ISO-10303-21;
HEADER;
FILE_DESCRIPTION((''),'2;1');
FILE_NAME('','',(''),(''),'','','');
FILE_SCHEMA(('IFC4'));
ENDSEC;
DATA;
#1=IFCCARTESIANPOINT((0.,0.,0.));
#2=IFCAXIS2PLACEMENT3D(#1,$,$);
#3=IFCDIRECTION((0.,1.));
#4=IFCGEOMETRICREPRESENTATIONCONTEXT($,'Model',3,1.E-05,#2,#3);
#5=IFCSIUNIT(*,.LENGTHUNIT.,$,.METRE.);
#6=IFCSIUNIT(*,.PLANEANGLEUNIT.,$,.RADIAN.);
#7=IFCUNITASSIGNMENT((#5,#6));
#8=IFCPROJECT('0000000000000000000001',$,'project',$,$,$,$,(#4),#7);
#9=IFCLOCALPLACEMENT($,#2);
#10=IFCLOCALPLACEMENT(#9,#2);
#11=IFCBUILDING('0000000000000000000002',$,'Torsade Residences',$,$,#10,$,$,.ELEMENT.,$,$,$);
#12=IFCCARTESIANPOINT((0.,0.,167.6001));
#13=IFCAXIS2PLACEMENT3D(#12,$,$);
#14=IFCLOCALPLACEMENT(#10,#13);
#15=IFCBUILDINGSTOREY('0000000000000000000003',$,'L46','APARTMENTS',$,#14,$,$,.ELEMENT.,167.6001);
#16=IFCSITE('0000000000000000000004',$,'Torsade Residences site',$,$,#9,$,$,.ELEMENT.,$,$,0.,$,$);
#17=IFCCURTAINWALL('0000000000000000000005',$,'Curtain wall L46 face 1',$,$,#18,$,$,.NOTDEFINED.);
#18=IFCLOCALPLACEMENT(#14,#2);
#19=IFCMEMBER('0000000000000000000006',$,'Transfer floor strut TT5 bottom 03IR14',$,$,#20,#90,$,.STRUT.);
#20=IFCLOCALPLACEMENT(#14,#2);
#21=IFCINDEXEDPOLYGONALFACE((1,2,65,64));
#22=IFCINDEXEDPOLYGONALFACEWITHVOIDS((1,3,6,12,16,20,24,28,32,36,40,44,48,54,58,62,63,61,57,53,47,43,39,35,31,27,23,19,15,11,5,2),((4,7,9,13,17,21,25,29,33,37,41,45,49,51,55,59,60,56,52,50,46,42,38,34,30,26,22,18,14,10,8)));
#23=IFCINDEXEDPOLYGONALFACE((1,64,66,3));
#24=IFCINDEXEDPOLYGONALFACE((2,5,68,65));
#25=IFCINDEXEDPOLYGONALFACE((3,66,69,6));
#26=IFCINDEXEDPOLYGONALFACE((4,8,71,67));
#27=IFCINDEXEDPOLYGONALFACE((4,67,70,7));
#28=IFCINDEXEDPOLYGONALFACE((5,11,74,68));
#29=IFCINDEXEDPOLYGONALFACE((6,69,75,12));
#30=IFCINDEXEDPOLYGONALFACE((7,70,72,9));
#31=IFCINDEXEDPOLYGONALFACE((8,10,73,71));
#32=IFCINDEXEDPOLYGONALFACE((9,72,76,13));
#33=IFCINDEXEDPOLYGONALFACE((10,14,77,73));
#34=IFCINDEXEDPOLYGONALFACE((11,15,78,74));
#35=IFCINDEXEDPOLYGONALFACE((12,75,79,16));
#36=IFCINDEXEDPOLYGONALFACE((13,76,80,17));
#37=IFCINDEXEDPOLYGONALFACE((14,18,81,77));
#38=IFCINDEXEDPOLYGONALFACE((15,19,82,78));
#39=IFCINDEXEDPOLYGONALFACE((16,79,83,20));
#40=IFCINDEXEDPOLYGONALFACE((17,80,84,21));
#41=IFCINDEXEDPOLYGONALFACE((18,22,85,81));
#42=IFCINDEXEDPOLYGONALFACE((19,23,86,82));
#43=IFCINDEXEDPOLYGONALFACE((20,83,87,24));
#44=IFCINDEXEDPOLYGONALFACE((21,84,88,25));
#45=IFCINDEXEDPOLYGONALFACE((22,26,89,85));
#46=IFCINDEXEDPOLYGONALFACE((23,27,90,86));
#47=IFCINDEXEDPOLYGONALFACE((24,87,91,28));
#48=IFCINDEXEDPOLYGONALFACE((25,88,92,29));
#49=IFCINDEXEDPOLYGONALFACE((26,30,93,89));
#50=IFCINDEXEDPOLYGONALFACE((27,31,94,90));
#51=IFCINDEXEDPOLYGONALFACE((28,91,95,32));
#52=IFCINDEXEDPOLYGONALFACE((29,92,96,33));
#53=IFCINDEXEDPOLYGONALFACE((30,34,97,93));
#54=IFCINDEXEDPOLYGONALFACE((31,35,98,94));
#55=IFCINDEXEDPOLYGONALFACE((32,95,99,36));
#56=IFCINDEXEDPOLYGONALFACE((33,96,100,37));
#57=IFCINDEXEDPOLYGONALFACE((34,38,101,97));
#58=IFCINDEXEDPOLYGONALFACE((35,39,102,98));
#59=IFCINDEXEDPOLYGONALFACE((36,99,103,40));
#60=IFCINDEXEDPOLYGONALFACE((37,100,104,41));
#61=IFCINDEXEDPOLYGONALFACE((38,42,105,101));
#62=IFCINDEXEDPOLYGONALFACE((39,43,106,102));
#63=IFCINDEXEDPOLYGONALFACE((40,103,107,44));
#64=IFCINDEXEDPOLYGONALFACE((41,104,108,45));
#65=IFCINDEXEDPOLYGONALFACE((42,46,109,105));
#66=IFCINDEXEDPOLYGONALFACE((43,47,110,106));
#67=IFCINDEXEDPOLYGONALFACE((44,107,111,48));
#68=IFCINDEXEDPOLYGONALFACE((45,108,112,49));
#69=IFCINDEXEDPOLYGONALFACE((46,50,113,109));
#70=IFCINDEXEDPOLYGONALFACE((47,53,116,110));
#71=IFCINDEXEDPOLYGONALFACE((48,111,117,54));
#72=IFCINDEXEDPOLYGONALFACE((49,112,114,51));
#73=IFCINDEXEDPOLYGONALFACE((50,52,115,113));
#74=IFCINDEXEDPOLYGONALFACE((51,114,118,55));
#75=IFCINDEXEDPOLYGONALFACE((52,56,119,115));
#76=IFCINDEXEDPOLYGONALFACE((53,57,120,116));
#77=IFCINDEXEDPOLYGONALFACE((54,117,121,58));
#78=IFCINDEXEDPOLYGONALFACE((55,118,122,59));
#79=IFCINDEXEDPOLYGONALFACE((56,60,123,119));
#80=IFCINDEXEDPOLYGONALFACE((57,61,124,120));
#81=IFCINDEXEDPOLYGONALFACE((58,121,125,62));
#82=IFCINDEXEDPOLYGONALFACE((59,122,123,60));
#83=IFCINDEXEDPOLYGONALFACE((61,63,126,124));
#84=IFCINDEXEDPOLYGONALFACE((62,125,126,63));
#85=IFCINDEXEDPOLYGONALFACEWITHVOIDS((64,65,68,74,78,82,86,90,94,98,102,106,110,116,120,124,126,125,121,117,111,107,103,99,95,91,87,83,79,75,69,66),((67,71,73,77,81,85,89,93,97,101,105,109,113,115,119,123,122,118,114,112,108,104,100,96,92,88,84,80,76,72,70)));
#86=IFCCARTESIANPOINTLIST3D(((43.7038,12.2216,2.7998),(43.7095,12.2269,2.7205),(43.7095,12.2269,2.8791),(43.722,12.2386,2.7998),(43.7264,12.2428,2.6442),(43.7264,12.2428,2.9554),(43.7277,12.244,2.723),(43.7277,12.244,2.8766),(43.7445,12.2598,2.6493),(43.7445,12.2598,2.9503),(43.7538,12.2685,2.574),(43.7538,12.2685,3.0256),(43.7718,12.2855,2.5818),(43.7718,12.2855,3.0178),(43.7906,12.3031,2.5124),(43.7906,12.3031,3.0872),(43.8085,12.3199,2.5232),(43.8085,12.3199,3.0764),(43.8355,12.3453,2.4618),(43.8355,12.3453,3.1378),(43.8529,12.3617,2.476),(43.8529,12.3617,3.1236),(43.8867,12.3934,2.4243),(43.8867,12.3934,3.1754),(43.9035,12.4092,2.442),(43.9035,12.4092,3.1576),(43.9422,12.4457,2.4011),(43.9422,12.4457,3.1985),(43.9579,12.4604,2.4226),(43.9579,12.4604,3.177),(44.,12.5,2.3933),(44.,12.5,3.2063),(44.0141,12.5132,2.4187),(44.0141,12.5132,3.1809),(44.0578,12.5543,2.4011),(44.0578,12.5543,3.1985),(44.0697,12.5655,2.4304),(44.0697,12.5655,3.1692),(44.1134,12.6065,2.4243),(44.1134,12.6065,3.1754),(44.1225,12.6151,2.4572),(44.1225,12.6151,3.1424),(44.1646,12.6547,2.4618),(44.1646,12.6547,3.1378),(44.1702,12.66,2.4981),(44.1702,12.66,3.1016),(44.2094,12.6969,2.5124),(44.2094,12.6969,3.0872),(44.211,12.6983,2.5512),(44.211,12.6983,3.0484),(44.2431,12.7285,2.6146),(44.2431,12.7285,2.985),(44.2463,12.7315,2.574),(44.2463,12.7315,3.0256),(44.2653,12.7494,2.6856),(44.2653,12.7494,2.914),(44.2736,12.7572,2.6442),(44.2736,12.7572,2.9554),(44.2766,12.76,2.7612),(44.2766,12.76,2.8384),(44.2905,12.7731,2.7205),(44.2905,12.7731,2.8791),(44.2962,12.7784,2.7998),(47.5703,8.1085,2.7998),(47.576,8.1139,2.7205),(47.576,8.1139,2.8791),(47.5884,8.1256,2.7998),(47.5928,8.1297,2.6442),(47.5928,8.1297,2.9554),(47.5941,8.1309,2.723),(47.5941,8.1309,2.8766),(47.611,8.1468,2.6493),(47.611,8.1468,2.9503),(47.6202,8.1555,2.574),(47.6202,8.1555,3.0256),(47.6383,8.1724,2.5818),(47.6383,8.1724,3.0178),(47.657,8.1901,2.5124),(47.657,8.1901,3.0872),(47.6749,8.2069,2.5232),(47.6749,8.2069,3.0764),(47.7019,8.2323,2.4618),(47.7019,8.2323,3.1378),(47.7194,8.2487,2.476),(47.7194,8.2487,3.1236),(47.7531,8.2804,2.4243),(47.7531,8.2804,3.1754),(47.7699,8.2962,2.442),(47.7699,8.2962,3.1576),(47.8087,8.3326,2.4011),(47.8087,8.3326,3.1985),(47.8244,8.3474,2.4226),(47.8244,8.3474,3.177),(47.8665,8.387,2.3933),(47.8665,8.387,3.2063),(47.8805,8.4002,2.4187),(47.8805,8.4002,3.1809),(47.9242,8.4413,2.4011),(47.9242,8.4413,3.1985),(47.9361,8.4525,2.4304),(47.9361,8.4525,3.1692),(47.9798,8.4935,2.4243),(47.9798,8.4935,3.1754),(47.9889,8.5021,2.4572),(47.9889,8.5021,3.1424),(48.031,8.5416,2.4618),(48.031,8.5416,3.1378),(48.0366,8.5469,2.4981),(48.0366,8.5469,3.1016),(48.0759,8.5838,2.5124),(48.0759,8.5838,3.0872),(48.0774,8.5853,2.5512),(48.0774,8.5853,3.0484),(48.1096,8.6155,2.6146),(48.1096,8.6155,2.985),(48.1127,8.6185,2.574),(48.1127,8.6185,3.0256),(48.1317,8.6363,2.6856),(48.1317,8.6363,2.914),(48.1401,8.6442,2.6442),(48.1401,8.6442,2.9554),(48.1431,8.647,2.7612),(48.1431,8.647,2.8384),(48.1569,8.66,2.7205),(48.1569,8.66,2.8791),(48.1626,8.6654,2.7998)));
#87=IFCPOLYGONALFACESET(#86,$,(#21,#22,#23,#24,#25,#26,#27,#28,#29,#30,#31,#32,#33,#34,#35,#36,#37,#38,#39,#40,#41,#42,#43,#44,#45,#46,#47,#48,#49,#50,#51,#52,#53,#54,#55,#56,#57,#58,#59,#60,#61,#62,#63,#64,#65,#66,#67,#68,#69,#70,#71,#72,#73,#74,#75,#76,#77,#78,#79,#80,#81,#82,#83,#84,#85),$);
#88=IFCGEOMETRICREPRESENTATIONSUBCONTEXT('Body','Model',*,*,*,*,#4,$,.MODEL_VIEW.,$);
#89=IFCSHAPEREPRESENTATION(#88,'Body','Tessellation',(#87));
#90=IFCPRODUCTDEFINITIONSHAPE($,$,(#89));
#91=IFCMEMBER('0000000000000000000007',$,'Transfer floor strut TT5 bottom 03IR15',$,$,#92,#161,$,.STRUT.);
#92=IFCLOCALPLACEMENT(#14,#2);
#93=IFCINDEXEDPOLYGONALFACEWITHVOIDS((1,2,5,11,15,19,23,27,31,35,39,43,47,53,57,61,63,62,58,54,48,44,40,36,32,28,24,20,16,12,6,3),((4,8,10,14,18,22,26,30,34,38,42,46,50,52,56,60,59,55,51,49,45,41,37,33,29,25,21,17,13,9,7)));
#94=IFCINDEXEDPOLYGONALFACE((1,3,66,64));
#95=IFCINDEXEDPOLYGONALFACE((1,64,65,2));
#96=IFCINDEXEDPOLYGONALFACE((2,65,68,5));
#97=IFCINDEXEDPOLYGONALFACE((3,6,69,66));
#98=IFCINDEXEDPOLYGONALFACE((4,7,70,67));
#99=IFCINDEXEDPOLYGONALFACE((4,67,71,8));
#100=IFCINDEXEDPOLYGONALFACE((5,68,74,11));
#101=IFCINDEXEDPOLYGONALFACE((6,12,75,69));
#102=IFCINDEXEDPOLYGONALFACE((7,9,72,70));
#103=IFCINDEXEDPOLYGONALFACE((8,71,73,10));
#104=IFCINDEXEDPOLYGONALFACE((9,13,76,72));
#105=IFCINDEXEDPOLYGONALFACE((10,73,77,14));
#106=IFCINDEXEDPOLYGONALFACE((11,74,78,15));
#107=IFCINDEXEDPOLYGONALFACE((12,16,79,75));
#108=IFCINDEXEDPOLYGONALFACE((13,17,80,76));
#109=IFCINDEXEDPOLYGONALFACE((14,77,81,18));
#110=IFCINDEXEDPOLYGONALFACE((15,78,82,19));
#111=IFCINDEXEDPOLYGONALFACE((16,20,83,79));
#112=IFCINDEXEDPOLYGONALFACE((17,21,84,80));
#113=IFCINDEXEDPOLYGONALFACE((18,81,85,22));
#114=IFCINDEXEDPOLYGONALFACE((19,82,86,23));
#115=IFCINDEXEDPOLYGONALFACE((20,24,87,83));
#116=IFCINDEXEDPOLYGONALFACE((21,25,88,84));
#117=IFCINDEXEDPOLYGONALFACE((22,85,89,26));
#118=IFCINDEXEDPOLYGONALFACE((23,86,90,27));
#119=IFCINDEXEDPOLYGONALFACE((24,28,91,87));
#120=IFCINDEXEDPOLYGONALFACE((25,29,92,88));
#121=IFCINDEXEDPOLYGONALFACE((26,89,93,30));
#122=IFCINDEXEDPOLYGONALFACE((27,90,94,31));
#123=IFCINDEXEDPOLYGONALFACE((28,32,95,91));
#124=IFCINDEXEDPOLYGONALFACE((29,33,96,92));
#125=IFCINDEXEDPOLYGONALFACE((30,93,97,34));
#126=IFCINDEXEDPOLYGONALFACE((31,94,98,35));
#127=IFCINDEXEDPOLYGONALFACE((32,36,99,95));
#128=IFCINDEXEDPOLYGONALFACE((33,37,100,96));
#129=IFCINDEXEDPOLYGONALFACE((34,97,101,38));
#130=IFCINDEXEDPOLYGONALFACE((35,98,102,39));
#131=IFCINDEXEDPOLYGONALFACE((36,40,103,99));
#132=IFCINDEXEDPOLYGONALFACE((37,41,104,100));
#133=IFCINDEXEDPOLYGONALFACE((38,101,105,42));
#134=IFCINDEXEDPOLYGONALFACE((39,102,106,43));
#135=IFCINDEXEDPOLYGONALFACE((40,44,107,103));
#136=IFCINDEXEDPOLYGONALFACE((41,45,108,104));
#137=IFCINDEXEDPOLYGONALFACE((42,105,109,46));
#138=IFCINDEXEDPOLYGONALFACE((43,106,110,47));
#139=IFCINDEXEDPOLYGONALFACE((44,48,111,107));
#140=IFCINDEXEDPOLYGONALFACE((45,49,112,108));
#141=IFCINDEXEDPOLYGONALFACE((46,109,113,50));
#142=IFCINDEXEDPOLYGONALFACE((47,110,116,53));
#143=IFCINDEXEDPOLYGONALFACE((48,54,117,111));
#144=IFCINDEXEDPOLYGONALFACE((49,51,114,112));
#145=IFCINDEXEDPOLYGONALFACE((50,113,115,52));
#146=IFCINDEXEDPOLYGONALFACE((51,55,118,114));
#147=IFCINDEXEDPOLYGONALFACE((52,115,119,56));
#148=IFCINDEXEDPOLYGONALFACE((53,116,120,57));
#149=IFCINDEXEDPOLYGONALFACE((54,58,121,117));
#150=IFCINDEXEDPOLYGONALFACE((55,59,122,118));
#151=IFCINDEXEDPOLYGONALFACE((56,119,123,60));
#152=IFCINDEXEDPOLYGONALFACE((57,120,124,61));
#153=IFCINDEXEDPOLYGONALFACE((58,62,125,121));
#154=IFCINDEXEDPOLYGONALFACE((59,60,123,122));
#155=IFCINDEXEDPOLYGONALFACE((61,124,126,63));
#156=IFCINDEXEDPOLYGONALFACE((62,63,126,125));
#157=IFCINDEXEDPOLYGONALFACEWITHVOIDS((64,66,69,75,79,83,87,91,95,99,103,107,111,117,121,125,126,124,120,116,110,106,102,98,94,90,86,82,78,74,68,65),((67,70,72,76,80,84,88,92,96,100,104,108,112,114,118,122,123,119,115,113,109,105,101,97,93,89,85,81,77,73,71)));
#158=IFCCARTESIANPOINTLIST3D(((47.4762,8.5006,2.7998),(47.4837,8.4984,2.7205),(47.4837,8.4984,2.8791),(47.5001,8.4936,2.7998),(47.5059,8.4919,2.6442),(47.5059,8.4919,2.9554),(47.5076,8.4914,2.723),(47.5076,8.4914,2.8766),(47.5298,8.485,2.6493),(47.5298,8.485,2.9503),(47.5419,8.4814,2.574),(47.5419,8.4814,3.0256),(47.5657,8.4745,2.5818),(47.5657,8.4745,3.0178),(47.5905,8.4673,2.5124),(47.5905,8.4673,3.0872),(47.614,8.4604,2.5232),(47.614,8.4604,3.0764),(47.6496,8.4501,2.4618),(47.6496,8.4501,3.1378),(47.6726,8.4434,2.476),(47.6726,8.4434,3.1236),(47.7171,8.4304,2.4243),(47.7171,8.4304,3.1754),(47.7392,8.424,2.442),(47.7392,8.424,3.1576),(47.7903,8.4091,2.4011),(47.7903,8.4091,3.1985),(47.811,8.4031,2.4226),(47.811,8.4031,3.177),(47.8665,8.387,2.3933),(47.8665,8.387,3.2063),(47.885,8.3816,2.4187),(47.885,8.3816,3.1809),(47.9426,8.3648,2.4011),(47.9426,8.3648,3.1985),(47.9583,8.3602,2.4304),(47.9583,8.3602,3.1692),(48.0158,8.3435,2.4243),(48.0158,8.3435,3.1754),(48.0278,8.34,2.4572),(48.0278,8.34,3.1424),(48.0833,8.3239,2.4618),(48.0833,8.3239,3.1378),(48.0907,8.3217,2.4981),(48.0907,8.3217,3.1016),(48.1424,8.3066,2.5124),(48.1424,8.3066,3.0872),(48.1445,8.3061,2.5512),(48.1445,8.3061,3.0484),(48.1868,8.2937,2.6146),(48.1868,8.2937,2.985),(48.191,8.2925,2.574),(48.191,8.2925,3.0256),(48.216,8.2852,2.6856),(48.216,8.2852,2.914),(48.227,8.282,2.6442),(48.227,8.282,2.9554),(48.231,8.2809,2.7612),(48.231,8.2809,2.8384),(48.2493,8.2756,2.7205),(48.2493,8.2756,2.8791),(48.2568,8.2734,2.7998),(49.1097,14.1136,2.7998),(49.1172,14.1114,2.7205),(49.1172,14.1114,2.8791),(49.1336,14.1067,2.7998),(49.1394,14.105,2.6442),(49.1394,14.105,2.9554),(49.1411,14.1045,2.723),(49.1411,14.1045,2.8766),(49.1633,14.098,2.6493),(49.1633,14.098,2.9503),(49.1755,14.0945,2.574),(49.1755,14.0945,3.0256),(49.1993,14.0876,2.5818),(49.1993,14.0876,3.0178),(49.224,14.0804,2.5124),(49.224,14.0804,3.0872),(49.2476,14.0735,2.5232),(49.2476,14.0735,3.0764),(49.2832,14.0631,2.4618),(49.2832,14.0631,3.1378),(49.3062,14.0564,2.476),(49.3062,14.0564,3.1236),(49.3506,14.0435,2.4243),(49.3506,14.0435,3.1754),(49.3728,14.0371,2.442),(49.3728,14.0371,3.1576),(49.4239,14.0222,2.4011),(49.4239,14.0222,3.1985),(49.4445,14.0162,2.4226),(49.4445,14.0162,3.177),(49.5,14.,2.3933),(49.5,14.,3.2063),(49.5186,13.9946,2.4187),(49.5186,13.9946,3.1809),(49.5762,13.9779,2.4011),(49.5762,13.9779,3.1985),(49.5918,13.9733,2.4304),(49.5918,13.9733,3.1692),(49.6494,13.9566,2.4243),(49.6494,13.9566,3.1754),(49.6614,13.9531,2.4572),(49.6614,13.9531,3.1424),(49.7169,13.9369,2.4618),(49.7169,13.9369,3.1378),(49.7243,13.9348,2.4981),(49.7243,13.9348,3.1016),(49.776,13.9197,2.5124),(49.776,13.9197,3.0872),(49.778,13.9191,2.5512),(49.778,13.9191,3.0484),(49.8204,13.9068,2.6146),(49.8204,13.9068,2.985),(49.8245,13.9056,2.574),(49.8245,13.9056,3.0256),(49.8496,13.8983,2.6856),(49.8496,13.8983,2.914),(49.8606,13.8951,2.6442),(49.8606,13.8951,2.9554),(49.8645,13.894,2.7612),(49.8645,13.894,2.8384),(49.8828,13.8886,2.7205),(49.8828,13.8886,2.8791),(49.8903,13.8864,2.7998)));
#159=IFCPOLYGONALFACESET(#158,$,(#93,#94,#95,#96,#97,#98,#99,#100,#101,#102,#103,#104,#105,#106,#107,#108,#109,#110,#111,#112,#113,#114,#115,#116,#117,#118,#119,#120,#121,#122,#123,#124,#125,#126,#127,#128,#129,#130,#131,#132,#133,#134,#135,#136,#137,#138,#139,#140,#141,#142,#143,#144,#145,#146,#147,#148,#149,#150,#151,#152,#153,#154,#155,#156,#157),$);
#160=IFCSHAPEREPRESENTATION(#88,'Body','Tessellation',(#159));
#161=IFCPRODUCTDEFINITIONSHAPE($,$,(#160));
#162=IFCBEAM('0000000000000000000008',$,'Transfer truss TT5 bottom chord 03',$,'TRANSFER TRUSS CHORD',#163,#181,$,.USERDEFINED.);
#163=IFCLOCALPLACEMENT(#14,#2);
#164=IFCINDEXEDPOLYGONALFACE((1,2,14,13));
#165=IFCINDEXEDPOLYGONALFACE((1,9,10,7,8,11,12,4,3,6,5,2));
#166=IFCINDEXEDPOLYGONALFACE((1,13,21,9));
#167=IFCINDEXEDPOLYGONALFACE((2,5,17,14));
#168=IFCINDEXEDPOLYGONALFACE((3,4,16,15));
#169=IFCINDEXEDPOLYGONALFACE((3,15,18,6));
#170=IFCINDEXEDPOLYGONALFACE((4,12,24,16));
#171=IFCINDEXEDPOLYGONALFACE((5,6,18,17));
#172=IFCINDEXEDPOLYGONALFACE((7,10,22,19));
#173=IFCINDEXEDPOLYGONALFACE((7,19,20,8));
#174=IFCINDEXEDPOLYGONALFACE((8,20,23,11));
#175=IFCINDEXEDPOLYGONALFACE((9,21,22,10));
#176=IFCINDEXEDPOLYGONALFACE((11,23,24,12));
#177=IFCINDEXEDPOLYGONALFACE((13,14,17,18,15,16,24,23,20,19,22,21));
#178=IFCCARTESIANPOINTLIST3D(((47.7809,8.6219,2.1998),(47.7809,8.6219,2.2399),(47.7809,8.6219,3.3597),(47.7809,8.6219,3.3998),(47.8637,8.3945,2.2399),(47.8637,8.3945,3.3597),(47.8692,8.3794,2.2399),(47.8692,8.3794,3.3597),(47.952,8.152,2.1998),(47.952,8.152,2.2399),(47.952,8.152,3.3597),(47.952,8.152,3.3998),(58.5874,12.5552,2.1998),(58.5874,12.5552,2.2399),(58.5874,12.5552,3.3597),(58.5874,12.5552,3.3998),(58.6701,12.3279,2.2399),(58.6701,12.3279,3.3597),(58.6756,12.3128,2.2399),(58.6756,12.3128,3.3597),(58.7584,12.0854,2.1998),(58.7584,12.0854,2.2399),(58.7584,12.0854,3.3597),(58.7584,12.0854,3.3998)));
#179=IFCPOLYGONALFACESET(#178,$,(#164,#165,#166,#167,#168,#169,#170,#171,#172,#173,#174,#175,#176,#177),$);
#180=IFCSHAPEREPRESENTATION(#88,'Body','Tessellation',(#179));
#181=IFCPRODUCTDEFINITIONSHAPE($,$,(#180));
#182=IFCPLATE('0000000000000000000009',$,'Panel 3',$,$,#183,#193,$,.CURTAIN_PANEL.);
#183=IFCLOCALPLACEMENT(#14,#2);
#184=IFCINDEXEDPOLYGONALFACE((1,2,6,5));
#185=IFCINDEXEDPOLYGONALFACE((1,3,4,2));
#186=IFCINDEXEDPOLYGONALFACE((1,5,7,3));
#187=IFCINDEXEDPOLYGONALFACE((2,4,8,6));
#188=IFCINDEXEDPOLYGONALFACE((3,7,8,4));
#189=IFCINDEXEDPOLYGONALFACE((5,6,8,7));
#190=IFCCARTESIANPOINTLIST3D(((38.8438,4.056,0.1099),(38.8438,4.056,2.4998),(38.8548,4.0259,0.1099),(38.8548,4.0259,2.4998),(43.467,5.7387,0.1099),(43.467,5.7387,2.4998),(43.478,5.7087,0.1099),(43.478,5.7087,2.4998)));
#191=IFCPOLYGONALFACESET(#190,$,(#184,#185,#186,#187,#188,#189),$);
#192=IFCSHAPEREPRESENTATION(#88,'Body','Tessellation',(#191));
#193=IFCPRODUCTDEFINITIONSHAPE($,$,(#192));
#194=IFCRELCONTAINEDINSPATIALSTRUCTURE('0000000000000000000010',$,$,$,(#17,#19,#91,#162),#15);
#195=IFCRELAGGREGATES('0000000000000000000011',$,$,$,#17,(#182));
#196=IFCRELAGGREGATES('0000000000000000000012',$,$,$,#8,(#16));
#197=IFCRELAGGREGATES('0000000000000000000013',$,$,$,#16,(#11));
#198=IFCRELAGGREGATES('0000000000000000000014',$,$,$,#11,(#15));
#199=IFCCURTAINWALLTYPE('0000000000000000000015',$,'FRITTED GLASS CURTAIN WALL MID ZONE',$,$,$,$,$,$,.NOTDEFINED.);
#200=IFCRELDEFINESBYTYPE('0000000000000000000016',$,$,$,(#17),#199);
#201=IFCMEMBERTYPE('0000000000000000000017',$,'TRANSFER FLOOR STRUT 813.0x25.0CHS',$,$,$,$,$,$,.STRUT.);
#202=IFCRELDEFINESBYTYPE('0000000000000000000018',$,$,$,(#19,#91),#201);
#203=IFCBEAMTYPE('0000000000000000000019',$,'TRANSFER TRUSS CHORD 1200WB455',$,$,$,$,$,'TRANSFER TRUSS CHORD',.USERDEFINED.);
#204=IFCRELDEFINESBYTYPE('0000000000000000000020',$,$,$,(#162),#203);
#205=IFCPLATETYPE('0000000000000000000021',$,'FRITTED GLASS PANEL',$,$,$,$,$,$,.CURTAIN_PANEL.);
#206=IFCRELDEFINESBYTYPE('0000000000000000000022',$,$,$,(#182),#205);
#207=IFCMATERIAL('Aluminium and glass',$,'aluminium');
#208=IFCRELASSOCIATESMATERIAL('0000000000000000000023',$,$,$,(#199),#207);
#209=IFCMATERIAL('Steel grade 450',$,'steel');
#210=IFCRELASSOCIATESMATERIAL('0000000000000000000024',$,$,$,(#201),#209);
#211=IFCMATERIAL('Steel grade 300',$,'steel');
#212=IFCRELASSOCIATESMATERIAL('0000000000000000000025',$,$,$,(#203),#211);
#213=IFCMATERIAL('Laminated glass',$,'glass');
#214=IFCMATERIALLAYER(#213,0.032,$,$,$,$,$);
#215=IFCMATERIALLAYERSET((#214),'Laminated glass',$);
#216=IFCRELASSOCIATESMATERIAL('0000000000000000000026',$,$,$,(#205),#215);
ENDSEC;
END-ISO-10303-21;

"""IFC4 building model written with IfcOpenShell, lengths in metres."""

from ifc_helpers import new_model, si_unit, direction, frame, origin, origin_2d, place, context, subcontext, project, spatial, rectangle, hollow_circle, i_section, extrude, material, layer, layer_set, material_profile, profile_set, type_object, element, aggregate, save


model = new_model("IFC4")

# Units and contexts
model_context = context("Model", 3, precision=1e-05, world=origin(), true_north=direction((0.0, 1.0)))
body_context = subcontext(model_context, "Body", "Model", "MODEL_VIEW")
ifc_project = project(units=[si_unit("LENGTHUNIT", "METRE"), si_unit("PLANEANGLEUNIT", "RADIAN")], contexts=[model_context])

# Site, building, storey
site_placement = place(None, origin())
site = spatial("IfcSite", under=ifc_project, at=site_placement, Name="Torsade Residences site", CompositionType="ELEMENT", RefElevation=0.0)
building_placement = place(site_placement, origin())
building = spatial("IfcBuilding", under=site, at=building_placement, Name="Torsade Residences", CompositionType="ELEMENT")
storey_placement = place(building_placement, frame((0.0, 0.0, 167.6001)))
storey = spatial("IfcBuildingStorey", under=building, at=storey_placement, Name="L46", Description="APARTMENTS", CompositionType="ELEMENT", Elevation=167.6001)

# Curtain wall
ifc_material_1 = material(Name="Aluminium and glass", Category="aluminium")
curtain_wall_type = type_object("IfcCurtainWallType", Name="FRITTED GLASS CURTAIN WALL MID ZONE", PredefinedType="NOTDEFINED", material=ifc_material_1)
curtain_wall_placement = place(storey_placement, origin())
curtain_wall = element("IfcCurtainWall", 1, at=curtain_wall_placement, inside=storey, type_object=curtain_wall_type, Name="Curtain wall L46 face 1", PredefinedType="NOTDEFINED")

# Members
ifc_material_2 = material(Name="Steel grade 450", Category="steel")
ifc_material_profile_1 = material_profile(ifc_material_2, hollow_circle(Radius=0.4065, WallThickness=0.0249, at=origin_2d()), Name="813.0x25.0CHS")
ifc_profile_set_1 = profile_set([ifc_material_profile_1], Name="Steel grade 450")
member_type_1 = type_object("IfcMemberType", Name="TRANSFER FLOOR STRUT 813.0x25.0CHS", PredefinedType="STRUT", material=ifc_profile_set_1)
member_1_placement = place(storey_placement, frame((47.8665, 8.387, 2.7998), z_axis=(-0.684929, 0.72861, 0.0), x_axis=(-0.72861, -0.684929, 0.0)))
element("IfcMember", 2, at=member_1_placement, inside=storey, type_object=member_type_1, Name="Transfer floor strut TT5 bottom 03IR14", PredefinedType="STRUT", context=body_context, shape_type="SweptSolid", body=[
    extrude(hollow_circle(Radius=0.4065, WallThickness=0.0249, at=origin_2d()), origin(), (0.0, 0.0, 1.0), 5.645),
])
member_2_placement = place(storey_placement, frame((47.8665, 8.387, 2.7998), z_axis=(0.279434, 0.960165, 0.0), x_axis=(-0.960165, 0.279434, 0.0)))
element("IfcMember", 3, at=member_2_placement, inside=storey, type_object=member_type_1, Name="Transfer floor strut TT5 bottom 03IR15", PredefinedType="STRUT", context=body_context, shape_type="SweptSolid", body=[
    extrude(hollow_circle(Radius=0.4065, WallThickness=0.0249, at=origin_2d()), origin(), (0.0, 0.0, 1.0), 5.8459),
])

# Beam
ifc_material_3 = material(Name="Steel grade 300", Category="steel")
ifc_material_profile_2 = material_profile(ifc_material_3, i_section(OverallWidth=0.5, OverallDepth=1.2, WebThickness=0.0161, FlangeThickness=0.04, at=origin_2d()), Name="1200WB455")
ifc_profile_set_2 = profile_set([ifc_material_profile_2], Name="Steel grade 300")
beam_type_1 = type_object("IfcBeamType", Name="TRANSFER TRUSS CHORD 1200WB455", ElementType="TRANSFER TRUSS CHORD", PredefinedType="USERDEFINED", material=ifc_profile_set_2)
beam_1_placement = place(storey_placement, frame((47.8665, 8.387, 2.7998), z_axis=(0.939689, 0.342031, 0.0), x_axis=(-0.342031, 0.939689, 0.0)))
element("IfcBeam", 4, at=beam_1_placement, inside=storey, type_object=beam_type_1, Name="Transfer truss TT5 bottom chord 03", ObjectType="TRANSFER TRUSS CHORD", PredefinedType="USERDEFINED", context=body_context, shape_type="SweptSolid", body=[
    extrude(i_section(OverallWidth=0.5, OverallDepth=1.2, WebThickness=0.0161, FlangeThickness=0.04, at=origin_2d()), origin(), (0.0, 0.0, 1.0), 11.5),
])

# Plate
ifc_material_4 = material(Name="Laminated glass", Category="glass")
ifc_layer_1 = layer(ifc_material_4, 0.032)
ifc_layer_set_1 = layer_set([ifc_layer_1], Name="Laminated glass")
plate_type_1 = type_object("IfcPlateType", Name="FRITTED GLASS PANEL", PredefinedType="CURTAIN_PANEL", material=ifc_layer_set_1)
plate_1_placement = place(storey_placement, frame((41.1609, 4.8823, 0.1099), z_axis=(0.0, 0.0, 1.0), x_axis=(0.939693, 0.34202, 0.0)))
plate_1 = element("IfcPlate", 5, at=plate_1_placement, type_object=plate_type_1, Name="Panel 3", PredefinedType="CURTAIN_PANEL", context=body_context, shape_type="SweptSolid", body=[
    extrude(rectangle(XDim=4.9199, YDim=0.032, at=origin_2d()), origin(), (0.0, 0.0, 1.0), 2.3899),
])
aggregate(curtain_wall, [plate_1])

save(model, "model.ifc")
